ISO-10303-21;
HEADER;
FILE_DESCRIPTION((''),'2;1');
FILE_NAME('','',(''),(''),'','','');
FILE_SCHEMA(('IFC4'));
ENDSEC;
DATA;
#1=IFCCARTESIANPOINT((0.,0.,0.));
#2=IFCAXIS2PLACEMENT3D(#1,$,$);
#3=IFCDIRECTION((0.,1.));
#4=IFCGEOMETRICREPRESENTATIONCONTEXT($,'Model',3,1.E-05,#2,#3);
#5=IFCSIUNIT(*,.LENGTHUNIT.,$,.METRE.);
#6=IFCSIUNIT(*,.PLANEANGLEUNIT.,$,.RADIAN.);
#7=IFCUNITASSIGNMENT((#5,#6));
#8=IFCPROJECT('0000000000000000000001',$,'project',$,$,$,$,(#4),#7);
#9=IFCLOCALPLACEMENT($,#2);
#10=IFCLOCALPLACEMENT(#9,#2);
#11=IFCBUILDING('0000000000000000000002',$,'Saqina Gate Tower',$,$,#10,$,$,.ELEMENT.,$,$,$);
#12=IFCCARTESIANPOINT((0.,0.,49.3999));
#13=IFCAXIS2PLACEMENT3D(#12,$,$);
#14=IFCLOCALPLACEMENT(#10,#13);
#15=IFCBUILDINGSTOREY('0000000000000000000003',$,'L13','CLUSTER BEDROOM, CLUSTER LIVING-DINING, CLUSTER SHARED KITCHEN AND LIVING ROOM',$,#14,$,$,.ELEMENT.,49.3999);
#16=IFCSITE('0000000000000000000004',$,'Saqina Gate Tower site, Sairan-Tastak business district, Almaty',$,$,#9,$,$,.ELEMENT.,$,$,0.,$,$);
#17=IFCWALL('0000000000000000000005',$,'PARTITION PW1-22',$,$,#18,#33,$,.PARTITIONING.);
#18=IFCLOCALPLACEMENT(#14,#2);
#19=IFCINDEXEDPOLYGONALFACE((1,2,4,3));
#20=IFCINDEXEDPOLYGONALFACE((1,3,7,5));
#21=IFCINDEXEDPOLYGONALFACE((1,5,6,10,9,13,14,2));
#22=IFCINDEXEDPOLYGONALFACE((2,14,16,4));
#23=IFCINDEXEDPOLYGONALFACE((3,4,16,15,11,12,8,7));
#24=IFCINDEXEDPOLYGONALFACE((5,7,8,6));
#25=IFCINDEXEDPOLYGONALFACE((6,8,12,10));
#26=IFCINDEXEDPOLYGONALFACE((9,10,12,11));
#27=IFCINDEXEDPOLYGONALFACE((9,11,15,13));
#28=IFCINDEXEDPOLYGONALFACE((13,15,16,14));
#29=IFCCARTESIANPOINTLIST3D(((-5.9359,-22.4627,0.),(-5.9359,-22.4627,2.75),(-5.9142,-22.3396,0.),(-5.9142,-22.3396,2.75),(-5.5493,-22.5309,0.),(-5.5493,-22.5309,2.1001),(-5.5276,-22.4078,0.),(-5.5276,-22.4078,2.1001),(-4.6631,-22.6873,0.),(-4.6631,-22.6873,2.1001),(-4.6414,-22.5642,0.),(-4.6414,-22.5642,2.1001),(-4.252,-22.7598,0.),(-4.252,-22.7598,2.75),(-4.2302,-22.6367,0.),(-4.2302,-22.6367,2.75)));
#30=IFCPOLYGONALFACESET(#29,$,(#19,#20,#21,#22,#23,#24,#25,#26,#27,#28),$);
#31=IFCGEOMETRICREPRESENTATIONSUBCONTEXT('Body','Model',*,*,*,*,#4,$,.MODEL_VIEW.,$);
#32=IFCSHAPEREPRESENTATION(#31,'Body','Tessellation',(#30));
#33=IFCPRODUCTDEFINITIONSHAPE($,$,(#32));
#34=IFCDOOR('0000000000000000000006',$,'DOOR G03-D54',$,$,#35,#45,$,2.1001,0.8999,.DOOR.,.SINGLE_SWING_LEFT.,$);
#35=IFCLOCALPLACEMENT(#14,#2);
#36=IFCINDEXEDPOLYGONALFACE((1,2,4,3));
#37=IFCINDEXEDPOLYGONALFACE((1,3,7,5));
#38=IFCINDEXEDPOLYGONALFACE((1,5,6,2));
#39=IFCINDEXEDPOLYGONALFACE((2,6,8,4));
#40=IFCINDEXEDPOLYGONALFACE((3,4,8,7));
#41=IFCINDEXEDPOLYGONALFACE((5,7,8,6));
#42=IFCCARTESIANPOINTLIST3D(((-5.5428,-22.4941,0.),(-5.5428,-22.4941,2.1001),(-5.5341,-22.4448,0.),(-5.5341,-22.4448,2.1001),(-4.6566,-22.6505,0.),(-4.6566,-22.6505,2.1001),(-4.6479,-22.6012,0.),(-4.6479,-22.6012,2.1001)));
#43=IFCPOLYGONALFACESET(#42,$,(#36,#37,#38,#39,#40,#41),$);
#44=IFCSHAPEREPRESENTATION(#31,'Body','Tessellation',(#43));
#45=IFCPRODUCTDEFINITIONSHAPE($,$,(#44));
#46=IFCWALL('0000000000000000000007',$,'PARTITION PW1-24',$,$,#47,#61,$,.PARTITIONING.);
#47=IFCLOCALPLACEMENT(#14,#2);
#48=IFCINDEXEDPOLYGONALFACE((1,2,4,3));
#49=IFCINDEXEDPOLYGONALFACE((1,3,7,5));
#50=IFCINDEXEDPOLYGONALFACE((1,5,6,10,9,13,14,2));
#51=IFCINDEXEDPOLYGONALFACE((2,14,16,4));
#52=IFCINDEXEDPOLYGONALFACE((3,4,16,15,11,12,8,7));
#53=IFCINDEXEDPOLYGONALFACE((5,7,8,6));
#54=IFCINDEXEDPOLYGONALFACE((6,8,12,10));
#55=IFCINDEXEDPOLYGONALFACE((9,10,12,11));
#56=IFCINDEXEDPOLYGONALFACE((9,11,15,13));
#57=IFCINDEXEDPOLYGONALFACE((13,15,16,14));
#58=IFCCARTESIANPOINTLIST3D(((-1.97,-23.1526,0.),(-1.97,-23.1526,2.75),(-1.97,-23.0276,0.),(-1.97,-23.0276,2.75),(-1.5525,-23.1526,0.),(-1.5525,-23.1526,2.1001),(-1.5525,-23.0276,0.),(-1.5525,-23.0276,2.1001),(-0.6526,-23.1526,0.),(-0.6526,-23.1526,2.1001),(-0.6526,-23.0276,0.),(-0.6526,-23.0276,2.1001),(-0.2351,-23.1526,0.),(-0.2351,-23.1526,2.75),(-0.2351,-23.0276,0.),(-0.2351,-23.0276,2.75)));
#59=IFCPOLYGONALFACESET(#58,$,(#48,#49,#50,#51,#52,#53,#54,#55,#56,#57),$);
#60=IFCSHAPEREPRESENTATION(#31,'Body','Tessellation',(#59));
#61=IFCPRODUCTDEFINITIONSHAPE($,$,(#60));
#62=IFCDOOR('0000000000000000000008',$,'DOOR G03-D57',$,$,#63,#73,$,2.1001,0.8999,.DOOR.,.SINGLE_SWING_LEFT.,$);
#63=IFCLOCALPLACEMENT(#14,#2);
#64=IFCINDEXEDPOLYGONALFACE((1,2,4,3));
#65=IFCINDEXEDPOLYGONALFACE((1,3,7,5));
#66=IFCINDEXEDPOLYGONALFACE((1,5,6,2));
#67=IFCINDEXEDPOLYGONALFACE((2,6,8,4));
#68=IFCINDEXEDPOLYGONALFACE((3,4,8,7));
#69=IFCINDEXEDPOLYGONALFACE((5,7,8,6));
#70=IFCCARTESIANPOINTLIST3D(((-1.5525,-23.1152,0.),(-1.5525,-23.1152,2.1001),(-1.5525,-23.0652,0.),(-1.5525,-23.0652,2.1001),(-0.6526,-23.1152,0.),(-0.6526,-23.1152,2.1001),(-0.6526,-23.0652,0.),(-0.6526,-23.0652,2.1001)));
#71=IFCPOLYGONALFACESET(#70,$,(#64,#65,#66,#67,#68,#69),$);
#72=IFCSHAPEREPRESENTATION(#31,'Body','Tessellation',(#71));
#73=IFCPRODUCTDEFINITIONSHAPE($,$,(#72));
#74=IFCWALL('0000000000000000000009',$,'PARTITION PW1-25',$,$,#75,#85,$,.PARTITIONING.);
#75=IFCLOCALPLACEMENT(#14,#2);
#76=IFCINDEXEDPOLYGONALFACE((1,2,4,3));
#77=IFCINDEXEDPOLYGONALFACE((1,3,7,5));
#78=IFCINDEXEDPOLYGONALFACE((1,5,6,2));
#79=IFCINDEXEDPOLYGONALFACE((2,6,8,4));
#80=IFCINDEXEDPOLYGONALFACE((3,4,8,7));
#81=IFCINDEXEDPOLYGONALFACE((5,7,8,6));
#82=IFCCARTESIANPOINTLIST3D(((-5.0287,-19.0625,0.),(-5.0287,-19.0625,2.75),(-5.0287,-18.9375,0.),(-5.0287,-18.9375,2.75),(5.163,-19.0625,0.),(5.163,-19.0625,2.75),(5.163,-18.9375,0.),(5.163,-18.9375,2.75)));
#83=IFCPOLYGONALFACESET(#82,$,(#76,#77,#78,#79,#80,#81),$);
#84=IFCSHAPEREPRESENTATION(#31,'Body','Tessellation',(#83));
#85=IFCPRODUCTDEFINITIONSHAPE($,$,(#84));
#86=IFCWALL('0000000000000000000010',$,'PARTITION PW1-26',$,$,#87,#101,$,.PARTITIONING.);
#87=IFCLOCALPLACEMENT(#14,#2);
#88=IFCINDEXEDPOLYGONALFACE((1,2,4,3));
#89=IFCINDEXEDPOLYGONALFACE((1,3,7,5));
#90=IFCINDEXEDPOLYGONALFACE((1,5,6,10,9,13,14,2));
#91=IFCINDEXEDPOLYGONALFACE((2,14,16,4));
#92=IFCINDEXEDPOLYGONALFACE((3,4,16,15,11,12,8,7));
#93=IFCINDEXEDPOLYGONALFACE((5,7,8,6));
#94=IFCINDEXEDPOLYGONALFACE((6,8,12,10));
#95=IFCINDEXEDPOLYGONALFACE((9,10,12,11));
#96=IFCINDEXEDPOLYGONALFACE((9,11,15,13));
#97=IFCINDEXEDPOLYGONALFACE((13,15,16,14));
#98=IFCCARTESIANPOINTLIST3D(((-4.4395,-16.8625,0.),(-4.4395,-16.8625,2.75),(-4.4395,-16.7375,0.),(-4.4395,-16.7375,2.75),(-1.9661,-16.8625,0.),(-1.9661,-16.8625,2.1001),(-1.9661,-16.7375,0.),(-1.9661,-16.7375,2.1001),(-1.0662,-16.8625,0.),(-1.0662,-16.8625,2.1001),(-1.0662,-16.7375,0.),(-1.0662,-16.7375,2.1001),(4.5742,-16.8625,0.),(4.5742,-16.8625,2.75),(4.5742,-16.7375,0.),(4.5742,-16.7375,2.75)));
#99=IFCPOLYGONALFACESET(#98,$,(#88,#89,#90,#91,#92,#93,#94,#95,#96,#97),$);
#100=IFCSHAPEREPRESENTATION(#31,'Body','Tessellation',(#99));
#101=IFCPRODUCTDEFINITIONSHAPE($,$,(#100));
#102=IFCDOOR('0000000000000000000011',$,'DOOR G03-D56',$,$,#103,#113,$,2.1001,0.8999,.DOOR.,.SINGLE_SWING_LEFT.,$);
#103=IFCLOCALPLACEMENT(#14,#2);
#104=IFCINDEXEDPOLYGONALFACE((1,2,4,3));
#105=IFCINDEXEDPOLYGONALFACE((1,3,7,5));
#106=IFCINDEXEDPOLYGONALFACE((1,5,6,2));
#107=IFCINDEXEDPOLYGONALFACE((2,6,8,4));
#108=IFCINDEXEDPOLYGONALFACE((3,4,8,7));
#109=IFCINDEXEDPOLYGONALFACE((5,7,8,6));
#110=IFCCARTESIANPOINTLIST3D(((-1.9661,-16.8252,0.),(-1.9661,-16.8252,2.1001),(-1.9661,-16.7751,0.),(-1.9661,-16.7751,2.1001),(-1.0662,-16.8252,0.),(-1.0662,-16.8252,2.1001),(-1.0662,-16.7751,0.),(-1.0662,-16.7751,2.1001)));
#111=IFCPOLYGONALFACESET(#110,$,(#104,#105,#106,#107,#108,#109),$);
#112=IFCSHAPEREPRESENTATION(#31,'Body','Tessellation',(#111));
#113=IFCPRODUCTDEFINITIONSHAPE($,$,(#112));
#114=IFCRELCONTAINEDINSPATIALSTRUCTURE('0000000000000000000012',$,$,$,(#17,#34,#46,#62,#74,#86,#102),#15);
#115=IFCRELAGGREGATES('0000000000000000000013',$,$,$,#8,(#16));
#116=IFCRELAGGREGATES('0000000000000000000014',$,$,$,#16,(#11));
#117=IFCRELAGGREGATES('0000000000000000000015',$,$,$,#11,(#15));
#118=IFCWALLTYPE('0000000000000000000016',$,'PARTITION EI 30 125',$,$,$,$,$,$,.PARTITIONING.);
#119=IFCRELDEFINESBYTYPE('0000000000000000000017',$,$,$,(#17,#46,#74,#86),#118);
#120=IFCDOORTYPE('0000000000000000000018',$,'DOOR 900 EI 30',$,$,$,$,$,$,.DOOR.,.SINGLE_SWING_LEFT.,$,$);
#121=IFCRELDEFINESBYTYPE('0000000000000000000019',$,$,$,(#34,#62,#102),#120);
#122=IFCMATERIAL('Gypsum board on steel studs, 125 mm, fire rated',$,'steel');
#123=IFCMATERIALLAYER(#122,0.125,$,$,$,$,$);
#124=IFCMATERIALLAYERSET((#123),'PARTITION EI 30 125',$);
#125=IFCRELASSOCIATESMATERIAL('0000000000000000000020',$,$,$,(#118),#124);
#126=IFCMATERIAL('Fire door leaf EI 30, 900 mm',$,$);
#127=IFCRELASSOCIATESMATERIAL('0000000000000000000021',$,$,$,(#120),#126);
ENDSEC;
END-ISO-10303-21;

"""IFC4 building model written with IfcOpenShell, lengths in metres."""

from ifc_helpers import new_model, si_unit, direction, frame, frame_2d, origin, place, context, subcontext, project, spatial, rectangle, extrude, material, layer, layer_set, type_object, element, fill, save


model = new_model("IFC4")

# Units and contexts
model_context = context("Model", 3, precision=1e-05, world=origin(), true_north=direction((0.0, 1.0)))
body_context = subcontext(model_context, "Body", "Model", "MODEL_VIEW")
ifc_project = project(units=[si_unit("LENGTHUNIT", "METRE"), si_unit("PLANEANGLEUNIT", "RADIAN")], contexts=[model_context])

# Site, building, storey
site_placement = place(None, origin())
site = spatial("IfcSite", under=ifc_project, at=site_placement, Name="Saqina Gate Tower site, Sairan-Tastak business district, Almaty", CompositionType="ELEMENT", RefElevation=0.0)
building_placement = place(site_placement, origin())
building = spatial("IfcBuilding", under=site, at=building_placement, Name="Saqina Gate Tower", CompositionType="ELEMENT")
storey_placement = place(building_placement, frame((0.0, 0.0, 49.3999)))
storey = spatial("IfcBuildingStorey", under=building, at=storey_placement, Name="L13", Description="CLUSTER BEDROOM, CLUSTER LIVING-DINING, CLUSTER SHARED KITCHEN AND LIVING ROOM", CompositionType="ELEMENT", Elevation=49.3999)

# Walls, openings, doors
ifc_material_1 = material(Name="Gypsum board on steel studs, 125 mm, fire rated", Category="steel")
ifc_layer_1 = layer(ifc_material_1, 0.125)
ifc_layer_set_1 = layer_set([ifc_layer_1], Name="PARTITION EI 30 125")
wall_type_1 = type_object("IfcWallType", Name="PARTITION EI 30 125", PredefinedType="PARTITIONING", material=ifc_layer_set_1)
ifc_material_2 = material(Name="Fire door leaf EI 30, 900 mm")
door_type_1 = type_object("IfcDoorType", Name="DOOR 900 EI 30", OperationType="SINGLE_SWING_LEFT", PredefinedType="DOOR", material=ifc_material_2)
wall_1_placement = place(storey_placement, frame((-5.925, -22.4011, 0.0), z_axis=(0.0, 0.0, 1.0), x_axis=(0.984786, -0.173769, 0.0)))
wall_1 = element("IfcWall", 1, at=wall_1_placement, inside=storey, type_object=wall_type_1, Name="PARTITION PW1-22", PredefinedType="PARTITIONING", context=body_context, shape_type="SweptSolid", body=[
    extrude(rectangle(XDim=1.71, YDim=0.125, at=frame_2d((0.855, 0.0))), origin(), (0.0, 0.0, 1.0), 2.75),
])
opening_1_placement = place(wall_1_placement, frame((0.3926, 0.0, 0.0)))
opening_1 = element("IfcOpeningElement", 2, at=opening_1_placement, cuts=wall_1, PredefinedType="OPENING", context=body_context, shape_type="SweptSolid", body=[
    extrude(rectangle(XDim=0.8999, YDim=2.1001, at=frame_2d((0.45, 1.05))), frame((0.0, 0.0745, 0.0), z_axis=(0.0, -1.0, 0.0), x_axis=(1.0, 0.0, 0.0)), (0.0, 0.0, 1.0), 0.1489),
])
door_1_placement = place(opening_1_placement, origin())
door_1 = element("IfcDoor", 3, at=door_1_placement, inside=storey, type_object=door_type_1, Name="DOOR G03-D54", OperationType="SINGLE_SWING_LEFT", OverallHeight=2.1001, OverallWidth=0.8999, PredefinedType="DOOR", context=body_context, shape_type="SweptSolid", body=[
    extrude(rectangle(XDim=0.8999, YDim=2.1001, at=frame_2d((0.45, 1.05))), frame((0.0, 0.0249, 0.0), z_axis=(0.0, -1.0, 0.0), x_axis=(1.0, 0.0, 0.0)), (0.0, 0.0, 1.0), 0.05),
])
fill(opening_1, door_1)
wall_2_placement = place(storey_placement, frame((-1.97, -23.0901, 0.0), z_axis=(0.0, 0.0, 1.0), x_axis=(1.0, 0.0, 0.0)))
wall_2 = element("IfcWall", 4, at=wall_2_placement, inside=storey, type_object=wall_type_1, Name="PARTITION PW1-24", PredefinedType="PARTITIONING", context=body_context, shape_type="SweptSolid", body=[
    extrude(rectangle(XDim=1.7349, YDim=0.125, at=frame_2d((0.8674, 0.0))), origin(), (0.0, 0.0, 1.0), 2.75),
])
opening_2_placement = place(wall_2_placement, frame((0.4175, 0.0, 0.0)))
opening_2 = element("IfcOpeningElement", 5, at=opening_2_placement, cuts=wall_2, PredefinedType="OPENING", context=body_context, shape_type="SweptSolid", body=[
    extrude(rectangle(XDim=0.8999, YDim=2.1001, at=frame_2d((0.45, 1.05))), frame((0.0, 0.0745, 0.0), z_axis=(0.0, -1.0, 0.0), x_axis=(1.0, 0.0, 0.0)), (0.0, 0.0, 1.0), 0.1489),
])
door_2_placement = place(opening_2_placement, origin())
door_2 = element("IfcDoor", 6, at=door_2_placement, inside=storey, type_object=door_type_1, Name="DOOR G03-D57", OperationType="SINGLE_SWING_LEFT", OverallHeight=2.1001, OverallWidth=0.8999, PredefinedType="DOOR", context=body_context, shape_type="SweptSolid", body=[
    extrude(rectangle(XDim=0.8999, YDim=2.1001, at=frame_2d((0.45, 1.05))), frame((0.0, 0.0249, 0.0), z_axis=(0.0, -1.0, 0.0), x_axis=(1.0, 0.0, 0.0)), (0.0, 0.0, 1.0), 0.05),
])
fill(opening_2, door_2)

# Wall
wall_3_placement = place(storey_placement, frame((-5.0286, -19.0, 0.0), z_axis=(0.0, 0.0, 1.0), x_axis=(1.0, 0.0, 0.0)))
element("IfcWall", 7, at=wall_3_placement, inside=storey, type_object=wall_type_1, Name="PARTITION PW1-25", PredefinedType="PARTITIONING", context=body_context, shape_type="SweptSolid", body=[
    extrude(rectangle(XDim=10.1917, YDim=0.125, at=frame_2d((5.0957, 0.0))), origin(), (0.0, 0.0, 1.0), 2.75),
])

# Wall, opening, door
wall_4_placement = place(storey_placement, frame((-4.4395, -16.8, 0.0), z_axis=(0.0, 0.0, 1.0), x_axis=(1.0, 0.0, 0.0)))
wall_4 = element("IfcWall", 8, at=wall_4_placement, inside=storey, type_object=wall_type_1, Name="PARTITION PW1-26", PredefinedType="PARTITIONING", context=body_context, shape_type="SweptSolid", body=[
    extrude(rectangle(XDim=9.0137, YDim=0.125, at=frame_2d((4.5068, 0.0))), origin(), (0.0, 0.0, 1.0), 2.75),
])
opening_3_placement = place(wall_4_placement, frame((2.4734, 0.0, 0.0)))
opening_3 = element("IfcOpeningElement", 9, at=opening_3_placement, cuts=wall_4, PredefinedType="OPENING", context=body_context, shape_type="SweptSolid", body=[
    extrude(rectangle(XDim=0.8999, YDim=2.1001, at=frame_2d((0.45, 1.05))), frame((0.0, 0.0745, 0.0), z_axis=(0.0, -1.0, 0.0), x_axis=(1.0, 0.0, 0.0)), (0.0, 0.0, 1.0), 0.1489),
])
door_3_placement = place(opening_3_placement, origin())
door_3 = element("IfcDoor", 10, at=door_3_placement, inside=storey, type_object=door_type_1, Name="DOOR G03-D56", OperationType="SINGLE_SWING_LEFT", OverallHeight=2.1001, OverallWidth=0.8999, PredefinedType="DOOR", context=body_context, shape_type="SweptSolid", body=[
    extrude(rectangle(XDim=0.8999, YDim=2.1001, at=frame_2d((0.45, 1.05))), frame((0.0, 0.0249, 0.0), z_axis=(0.0, -1.0, 0.0), x_axis=(1.0, 0.0, 0.0)), (0.0, 0.0, 1.0), 0.05),
])
fill(opening_3, door_3)

save(model, "model.ifc")
